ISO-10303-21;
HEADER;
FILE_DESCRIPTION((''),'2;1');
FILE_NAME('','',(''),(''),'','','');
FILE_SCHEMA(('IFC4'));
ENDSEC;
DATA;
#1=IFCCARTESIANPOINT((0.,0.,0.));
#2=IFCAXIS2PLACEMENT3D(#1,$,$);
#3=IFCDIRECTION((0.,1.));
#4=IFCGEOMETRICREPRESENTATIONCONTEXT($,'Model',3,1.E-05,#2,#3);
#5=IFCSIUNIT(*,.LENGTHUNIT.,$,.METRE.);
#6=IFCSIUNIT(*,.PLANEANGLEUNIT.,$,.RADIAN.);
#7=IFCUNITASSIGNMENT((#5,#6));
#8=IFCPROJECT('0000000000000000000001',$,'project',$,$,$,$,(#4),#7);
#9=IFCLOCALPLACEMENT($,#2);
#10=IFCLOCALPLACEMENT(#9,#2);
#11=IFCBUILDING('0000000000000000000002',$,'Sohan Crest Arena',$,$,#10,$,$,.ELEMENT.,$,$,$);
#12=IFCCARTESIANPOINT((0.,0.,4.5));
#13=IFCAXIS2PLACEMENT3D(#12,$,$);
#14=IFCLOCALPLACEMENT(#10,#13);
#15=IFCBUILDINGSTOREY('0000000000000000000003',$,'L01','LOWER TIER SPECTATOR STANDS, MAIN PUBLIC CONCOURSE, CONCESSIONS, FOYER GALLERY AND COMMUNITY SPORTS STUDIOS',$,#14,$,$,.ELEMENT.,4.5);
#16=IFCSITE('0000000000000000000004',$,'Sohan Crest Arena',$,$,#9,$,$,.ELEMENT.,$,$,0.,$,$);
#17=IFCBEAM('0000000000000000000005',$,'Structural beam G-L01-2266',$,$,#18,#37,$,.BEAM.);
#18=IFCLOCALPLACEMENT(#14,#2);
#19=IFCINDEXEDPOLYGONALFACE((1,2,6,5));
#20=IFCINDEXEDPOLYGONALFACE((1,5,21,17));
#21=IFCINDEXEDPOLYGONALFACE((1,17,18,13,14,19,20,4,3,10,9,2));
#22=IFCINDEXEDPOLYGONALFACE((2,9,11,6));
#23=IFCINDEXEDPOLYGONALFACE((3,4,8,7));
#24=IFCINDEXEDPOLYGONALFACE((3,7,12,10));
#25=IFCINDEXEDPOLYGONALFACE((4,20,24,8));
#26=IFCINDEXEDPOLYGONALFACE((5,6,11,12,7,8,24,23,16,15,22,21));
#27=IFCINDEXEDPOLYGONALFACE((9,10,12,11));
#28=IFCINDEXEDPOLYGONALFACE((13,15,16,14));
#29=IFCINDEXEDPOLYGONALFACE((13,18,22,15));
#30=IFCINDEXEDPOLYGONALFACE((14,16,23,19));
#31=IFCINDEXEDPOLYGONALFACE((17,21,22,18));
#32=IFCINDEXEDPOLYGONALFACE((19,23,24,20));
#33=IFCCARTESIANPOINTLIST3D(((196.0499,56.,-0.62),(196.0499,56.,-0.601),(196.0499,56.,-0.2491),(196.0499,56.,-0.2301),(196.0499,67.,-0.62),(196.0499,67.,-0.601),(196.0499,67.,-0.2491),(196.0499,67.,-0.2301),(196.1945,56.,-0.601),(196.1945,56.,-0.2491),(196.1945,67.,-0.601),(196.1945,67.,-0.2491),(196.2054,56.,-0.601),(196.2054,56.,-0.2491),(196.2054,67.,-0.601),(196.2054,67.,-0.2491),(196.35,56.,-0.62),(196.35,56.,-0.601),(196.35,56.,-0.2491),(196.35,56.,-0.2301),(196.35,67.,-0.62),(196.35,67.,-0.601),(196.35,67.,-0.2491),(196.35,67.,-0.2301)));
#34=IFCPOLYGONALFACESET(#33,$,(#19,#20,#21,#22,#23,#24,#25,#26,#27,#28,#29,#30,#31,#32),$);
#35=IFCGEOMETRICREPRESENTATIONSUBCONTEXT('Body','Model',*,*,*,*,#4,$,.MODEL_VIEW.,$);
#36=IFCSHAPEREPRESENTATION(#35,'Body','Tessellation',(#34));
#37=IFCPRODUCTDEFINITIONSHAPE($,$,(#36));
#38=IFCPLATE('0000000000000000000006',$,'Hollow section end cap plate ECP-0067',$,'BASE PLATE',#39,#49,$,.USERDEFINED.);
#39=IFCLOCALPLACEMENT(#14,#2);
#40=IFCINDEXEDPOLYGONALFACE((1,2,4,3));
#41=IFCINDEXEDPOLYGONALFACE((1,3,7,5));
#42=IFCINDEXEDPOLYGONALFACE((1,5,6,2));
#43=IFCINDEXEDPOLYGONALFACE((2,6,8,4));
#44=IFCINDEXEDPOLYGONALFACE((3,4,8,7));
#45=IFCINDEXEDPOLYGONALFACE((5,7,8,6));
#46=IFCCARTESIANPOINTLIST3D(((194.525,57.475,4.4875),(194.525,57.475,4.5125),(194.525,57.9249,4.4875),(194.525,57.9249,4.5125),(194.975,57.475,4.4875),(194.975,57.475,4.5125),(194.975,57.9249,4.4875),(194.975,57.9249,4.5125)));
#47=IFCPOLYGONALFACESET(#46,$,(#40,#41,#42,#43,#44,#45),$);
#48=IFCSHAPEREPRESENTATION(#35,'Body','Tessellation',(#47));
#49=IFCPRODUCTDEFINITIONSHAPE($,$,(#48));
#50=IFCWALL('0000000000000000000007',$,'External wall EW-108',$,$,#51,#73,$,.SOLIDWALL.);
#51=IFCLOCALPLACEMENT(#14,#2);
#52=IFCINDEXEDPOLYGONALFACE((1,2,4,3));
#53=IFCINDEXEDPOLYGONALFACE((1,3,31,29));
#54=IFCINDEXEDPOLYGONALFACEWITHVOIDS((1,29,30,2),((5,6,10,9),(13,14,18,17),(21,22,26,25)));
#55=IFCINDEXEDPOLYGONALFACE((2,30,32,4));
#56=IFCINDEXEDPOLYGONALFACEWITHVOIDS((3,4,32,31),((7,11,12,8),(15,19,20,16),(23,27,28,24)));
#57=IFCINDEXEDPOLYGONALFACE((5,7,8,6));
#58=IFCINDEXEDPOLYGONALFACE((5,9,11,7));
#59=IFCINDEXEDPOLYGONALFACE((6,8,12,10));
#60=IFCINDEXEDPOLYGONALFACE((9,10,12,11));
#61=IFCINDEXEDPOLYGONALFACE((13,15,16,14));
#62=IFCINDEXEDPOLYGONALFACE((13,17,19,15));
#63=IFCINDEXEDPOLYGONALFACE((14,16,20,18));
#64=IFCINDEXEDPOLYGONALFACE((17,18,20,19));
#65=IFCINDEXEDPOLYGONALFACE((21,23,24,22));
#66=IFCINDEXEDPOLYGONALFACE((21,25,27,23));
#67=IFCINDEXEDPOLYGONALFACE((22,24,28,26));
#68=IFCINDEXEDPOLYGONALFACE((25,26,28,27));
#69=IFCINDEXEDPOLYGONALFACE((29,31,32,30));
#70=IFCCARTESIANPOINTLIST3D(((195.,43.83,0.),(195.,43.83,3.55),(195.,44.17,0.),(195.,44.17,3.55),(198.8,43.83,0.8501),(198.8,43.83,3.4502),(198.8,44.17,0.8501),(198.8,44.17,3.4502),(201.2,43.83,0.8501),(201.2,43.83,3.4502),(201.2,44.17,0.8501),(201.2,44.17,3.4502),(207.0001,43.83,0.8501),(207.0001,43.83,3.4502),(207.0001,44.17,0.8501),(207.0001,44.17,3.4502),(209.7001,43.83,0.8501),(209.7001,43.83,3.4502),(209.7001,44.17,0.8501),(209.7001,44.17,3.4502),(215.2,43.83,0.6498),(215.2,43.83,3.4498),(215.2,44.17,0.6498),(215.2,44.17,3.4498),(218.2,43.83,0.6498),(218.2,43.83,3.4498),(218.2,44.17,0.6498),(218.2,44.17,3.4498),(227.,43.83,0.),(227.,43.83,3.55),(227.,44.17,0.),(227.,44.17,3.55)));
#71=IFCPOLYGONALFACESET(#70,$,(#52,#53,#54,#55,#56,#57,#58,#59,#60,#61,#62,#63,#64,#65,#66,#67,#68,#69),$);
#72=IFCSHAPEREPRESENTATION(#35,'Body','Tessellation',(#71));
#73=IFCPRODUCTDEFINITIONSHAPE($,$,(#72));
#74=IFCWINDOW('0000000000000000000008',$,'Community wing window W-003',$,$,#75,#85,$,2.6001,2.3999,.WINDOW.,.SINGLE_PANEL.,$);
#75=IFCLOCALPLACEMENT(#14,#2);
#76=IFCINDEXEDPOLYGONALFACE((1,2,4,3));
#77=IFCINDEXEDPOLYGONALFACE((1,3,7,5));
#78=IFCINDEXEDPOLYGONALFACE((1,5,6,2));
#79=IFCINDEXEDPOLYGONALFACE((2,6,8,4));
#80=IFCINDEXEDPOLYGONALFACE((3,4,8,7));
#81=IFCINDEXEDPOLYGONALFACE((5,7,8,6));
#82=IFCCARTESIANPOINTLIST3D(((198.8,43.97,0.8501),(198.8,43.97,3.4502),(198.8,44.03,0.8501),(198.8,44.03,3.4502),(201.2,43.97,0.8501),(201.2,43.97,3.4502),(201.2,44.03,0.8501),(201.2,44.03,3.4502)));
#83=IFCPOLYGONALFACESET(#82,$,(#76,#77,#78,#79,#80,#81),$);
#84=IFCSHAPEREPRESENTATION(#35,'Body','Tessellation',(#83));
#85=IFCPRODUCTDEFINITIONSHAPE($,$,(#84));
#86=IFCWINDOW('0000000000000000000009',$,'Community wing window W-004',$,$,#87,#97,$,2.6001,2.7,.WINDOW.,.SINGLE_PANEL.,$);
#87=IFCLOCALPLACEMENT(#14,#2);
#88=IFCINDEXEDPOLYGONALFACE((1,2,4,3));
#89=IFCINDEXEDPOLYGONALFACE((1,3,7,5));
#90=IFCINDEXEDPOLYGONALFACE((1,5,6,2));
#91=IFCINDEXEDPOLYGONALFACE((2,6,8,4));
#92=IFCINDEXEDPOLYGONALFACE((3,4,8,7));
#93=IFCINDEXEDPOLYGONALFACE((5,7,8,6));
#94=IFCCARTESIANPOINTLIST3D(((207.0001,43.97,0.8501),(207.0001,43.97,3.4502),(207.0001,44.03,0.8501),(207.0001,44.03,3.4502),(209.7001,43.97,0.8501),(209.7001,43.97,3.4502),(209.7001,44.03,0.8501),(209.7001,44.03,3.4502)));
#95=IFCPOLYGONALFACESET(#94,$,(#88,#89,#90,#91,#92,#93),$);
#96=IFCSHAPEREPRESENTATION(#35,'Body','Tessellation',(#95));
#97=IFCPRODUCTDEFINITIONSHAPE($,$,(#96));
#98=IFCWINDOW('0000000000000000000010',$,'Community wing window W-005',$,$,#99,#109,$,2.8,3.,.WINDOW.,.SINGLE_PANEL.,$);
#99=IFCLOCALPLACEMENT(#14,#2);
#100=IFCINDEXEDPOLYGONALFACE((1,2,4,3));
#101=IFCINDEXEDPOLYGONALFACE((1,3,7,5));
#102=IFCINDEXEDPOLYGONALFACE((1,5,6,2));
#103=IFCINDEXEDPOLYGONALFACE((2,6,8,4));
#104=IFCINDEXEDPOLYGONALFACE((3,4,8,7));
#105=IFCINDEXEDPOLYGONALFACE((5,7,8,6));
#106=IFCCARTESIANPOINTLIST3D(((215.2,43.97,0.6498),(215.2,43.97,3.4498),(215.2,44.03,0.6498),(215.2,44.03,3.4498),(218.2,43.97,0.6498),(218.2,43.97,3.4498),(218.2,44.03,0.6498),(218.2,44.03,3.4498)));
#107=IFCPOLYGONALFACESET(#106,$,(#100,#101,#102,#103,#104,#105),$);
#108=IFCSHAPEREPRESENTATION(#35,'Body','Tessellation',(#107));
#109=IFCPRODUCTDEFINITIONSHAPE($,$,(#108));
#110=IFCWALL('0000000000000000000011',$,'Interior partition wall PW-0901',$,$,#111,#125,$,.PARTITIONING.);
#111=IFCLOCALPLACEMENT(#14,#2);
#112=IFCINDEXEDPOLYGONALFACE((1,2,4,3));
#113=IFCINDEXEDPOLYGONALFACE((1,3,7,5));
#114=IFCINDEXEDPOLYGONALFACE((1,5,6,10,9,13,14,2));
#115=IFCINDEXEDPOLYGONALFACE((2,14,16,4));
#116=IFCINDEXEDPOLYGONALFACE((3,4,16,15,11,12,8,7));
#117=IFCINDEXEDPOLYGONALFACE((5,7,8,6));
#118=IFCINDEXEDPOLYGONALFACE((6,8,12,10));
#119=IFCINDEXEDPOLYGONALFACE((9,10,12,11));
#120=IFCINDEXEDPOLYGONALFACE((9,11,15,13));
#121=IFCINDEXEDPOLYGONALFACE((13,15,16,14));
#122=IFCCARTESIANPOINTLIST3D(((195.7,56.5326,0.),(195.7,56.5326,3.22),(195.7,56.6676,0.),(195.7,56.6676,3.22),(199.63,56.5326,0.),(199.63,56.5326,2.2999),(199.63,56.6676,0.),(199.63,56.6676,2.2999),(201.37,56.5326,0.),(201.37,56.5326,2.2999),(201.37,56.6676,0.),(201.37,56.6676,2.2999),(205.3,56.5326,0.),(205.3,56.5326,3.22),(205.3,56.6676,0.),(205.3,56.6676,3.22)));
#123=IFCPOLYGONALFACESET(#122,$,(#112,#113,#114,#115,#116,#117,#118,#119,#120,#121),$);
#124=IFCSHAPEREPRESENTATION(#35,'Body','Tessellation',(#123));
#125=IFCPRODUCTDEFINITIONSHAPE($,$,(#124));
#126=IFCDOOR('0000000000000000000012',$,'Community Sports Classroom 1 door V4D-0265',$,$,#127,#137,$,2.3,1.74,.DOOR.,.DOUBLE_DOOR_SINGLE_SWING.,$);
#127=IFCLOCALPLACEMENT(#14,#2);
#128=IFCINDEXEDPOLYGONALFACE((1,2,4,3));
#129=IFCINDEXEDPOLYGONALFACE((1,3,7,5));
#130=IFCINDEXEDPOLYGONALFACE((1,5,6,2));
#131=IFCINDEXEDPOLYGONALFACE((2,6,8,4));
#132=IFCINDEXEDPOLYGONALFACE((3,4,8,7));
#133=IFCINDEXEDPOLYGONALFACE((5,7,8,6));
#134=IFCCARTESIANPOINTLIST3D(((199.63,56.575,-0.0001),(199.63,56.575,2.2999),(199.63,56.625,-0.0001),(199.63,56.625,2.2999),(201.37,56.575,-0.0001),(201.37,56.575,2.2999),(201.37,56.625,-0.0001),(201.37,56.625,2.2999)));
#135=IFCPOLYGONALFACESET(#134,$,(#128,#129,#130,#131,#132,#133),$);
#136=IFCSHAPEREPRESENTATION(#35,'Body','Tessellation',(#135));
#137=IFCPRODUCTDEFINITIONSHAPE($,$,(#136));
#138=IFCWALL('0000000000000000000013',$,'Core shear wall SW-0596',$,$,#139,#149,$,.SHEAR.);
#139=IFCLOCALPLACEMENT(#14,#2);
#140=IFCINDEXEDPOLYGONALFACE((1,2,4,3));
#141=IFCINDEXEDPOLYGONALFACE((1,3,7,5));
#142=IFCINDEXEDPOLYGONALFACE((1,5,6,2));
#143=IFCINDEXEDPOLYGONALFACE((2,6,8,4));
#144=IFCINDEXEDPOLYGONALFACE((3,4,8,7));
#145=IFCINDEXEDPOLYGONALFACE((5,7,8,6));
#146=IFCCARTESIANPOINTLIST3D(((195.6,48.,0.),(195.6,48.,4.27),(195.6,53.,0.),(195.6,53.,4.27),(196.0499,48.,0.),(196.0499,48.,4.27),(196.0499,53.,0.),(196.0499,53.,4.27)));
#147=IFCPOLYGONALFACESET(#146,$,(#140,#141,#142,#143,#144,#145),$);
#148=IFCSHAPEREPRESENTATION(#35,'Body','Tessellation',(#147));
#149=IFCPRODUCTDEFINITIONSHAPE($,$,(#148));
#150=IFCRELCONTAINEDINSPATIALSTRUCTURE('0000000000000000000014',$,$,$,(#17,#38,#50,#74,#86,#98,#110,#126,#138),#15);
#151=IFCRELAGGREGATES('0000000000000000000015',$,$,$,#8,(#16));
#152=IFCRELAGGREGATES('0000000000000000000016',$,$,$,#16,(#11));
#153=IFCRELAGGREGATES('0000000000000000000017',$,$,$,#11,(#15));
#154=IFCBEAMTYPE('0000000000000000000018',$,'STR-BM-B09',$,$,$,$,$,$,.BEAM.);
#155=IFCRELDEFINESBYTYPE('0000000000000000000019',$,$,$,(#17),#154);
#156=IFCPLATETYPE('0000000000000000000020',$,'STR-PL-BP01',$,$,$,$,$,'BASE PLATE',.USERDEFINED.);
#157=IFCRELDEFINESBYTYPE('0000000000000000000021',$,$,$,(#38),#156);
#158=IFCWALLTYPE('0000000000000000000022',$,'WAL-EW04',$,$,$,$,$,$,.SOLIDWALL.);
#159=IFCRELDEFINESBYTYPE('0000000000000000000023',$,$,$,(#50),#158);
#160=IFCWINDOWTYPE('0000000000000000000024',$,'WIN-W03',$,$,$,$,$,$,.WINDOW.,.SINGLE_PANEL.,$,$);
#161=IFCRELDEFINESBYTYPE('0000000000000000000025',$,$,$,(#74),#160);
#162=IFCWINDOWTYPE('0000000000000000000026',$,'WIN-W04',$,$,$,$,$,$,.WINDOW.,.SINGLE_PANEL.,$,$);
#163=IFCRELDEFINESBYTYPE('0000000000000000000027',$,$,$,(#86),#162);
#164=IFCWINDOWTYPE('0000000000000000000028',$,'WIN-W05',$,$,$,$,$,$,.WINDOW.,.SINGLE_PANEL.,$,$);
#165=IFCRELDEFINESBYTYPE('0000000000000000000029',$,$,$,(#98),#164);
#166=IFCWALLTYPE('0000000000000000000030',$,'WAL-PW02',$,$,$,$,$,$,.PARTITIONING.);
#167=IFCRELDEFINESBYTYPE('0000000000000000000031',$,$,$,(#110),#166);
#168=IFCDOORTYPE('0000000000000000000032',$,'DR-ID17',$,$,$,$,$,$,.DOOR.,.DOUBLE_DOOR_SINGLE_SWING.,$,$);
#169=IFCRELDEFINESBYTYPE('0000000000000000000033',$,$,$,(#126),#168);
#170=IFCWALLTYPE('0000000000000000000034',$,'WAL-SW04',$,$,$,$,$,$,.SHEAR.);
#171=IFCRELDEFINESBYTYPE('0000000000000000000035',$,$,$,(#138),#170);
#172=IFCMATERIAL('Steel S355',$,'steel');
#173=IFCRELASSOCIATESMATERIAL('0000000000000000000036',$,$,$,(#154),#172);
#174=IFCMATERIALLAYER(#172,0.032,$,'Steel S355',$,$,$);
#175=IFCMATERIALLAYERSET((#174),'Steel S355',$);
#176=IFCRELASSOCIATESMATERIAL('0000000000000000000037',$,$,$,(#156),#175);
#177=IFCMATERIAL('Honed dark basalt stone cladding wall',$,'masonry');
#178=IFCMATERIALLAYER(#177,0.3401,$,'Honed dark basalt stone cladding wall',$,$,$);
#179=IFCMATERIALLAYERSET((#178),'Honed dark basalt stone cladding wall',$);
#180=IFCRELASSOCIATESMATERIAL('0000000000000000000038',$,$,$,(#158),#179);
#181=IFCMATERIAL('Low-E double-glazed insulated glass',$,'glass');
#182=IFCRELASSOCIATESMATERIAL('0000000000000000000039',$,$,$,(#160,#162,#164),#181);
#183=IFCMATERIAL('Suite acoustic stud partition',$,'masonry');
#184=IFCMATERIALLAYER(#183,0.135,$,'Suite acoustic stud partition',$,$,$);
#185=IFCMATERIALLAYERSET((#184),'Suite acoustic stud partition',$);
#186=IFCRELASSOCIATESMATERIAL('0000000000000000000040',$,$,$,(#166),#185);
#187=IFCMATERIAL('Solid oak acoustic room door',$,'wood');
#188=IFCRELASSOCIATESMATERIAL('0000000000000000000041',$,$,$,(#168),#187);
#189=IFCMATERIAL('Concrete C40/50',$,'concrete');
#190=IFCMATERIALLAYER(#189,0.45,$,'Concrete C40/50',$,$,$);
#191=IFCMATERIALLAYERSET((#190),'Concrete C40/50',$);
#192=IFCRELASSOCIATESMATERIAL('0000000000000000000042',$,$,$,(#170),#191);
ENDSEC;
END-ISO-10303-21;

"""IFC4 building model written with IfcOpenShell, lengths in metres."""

from ifc_helpers import new_model, si_unit, direction, frame, frame_2d, origin, origin_2d, place, context, subcontext, project, spatial, rectangle, i_section, extrude, material, layer, layer_set, material_profile, profile_set, type_object, element, fill, save


model = new_model("IFC4")

# Units and contexts
model_context = context("Model", 3, precision=1e-05, world=origin(), true_north=direction((0.0, 1.0)))
body_context = subcontext(model_context, "Body", "Model", "MODEL_VIEW")
ifc_project = project(units=[si_unit("LENGTHUNIT", "METRE"), si_unit("PLANEANGLEUNIT", "RADIAN")], contexts=[model_context])

# Site, building, storey
site_placement = place(None, origin())
site = spatial("IfcSite", under=ifc_project, at=site_placement, Name="Sohan Crest Arena", CompositionType="ELEMENT", RefElevation=0.0)
building_placement = place(site_placement, origin())
building = spatial("IfcBuilding", under=site, at=building_placement, Name="Sohan Crest Arena", CompositionType="ELEMENT")
storey_placement = place(building_placement, frame((0.0, 0.0, 4.5)))
storey = spatial("IfcBuildingStorey", under=building, at=storey_placement, Name="L01", Description="LOWER TIER SPECTATOR STANDS, MAIN PUBLIC CONCOURSE, CONCESSIONS, FOYER GALLERY AND COMMUNITY SPORTS STUDIOS", CompositionType="ELEMENT", Elevation=4.5)

# Shared definitions
ifc_material_1 = material(Name="Concrete C40/50", Category="concrete")

# Beam
ifc_material_2 = material(Name="Steel S355", Category="steel")
ifc_material_profile_1 = material_profile(ifc_material_2, i_section(OverallWidth=0.3, OverallDepth=0.3899, WebThickness=0.011, FlangeThickness=0.019, at=origin_2d()), Name="HEA 400")
ifc_profile_set_1 = profile_set([ifc_material_profile_1], Name="Steel S355")
beam_type_1 = type_object("IfcBeamType", Name="STR-BM-B09", PredefinedType="BEAM", material=ifc_profile_set_1)
beam_1_placement = place(storey_placement, frame((196.2, 56.0, -0.425), z_axis=(0.0, 1.0, 0.0), x_axis=(-1.0, 0.0, 0.0)))
element("IfcBeam", 1, at=beam_1_placement, inside=storey, type_object=beam_type_1, Name="Structural beam G-L01-2266", PredefinedType="BEAM", context=body_context, shape_type="SweptSolid", body=[
    extrude(i_section(OverallWidth=0.3, OverallDepth=0.3899, WebThickness=0.011, FlangeThickness=0.019, at=origin_2d()), origin(), (0.0, 0.0, 1.0), 11.0),
])

# Plate
ifc_layer_1 = layer(ifc_material_2, 0.032, Name="Steel S355")
ifc_layer_set_1 = layer_set([ifc_layer_1], Name="Steel S355")
plate_type = type_object("IfcPlateType", Name="STR-PL-BP01", ElementType="BASE PLATE", PredefinedType="USERDEFINED", material=ifc_layer_set_1)
plate_placement = place(storey_placement, frame((194.75, 57.7, 4.4875), z_axis=(0.0, 0.0, 1.0), x_axis=(1.0, 0.0, 0.0)))
element("IfcPlate", 2, at=plate_placement, inside=storey, type_object=plate_type, Name="Hollow section end cap plate ECP-0067", ObjectType="BASE PLATE", PredefinedType="USERDEFINED", context=body_context, shape_type="SweptSolid", body=[
    extrude(rectangle(XDim=0.45, YDim=0.45, at=origin_2d()), origin(), (0.0, 0.0, 1.0), 0.0249),
])

# Wall, openings, windows
ifc_material_3 = material(Name="Honed dark basalt stone cladding wall", Category="masonry")
ifc_layer_2 = layer(ifc_material_3, 0.3401, Name="Honed dark basalt stone cladding wall")
ifc_layer_set_2 = layer_set([ifc_layer_2], Name="Honed dark basalt stone cladding wall")
wall_type_1 = type_object("IfcWallType", Name="WAL-EW04", PredefinedType="SOLIDWALL", material=ifc_layer_set_2)
wall_1_placement = place(storey_placement, frame((195.0, 44.0, 0.0), z_axis=(0.0, 0.0, 1.0), x_axis=(1.0, 0.0, 0.0)))
wall_1 = element("IfcWall", 3, at=wall_1_placement, inside=storey, type_object=wall_type_1, Name="External wall EW-108", PredefinedType="SOLIDWALL", context=body_context, shape_type="SweptSolid", body=[
    extrude(rectangle(XDim=32.0, YDim=0.3401, at=frame_2d((16.0, 0.0))), origin(), (0.0, 0.0, 1.0), 3.55),
])
opening_1_placement = place(wall_1_placement, frame((3.8, 0.0, 0.8501)))
opening_1 = element("IfcOpeningElement", 4, at=opening_1_placement, cuts=wall_1, PredefinedType="OPENING", context=body_context, shape_type="SweptSolid", body=[
    extrude(rectangle(XDim=2.3999, YDim=2.6001, at=frame_2d((1.2, 1.3))), frame((0.0, 0.1799, 0.0), z_axis=(0.0, -1.0, 0.0), x_axis=(1.0, 0.0, 0.0)), (0.0, 0.0, 1.0), 0.3601),
])
opening_2_placement = place(wall_1_placement, frame((12.0, 0.0, 0.8501)))
opening_2 = element("IfcOpeningElement", 5, at=opening_2_placement, cuts=wall_1, PredefinedType="OPENING", context=body_context, shape_type="SweptSolid", body=[
    extrude(rectangle(XDim=2.7, YDim=2.6001, at=frame_2d((1.3501, 1.3))), frame((0.0, 0.1799, 0.0), z_axis=(0.0, -1.0, 0.0), x_axis=(1.0, 0.0, 0.0)), (0.0, 0.0, 1.0), 0.3601),
])
opening_3_placement = place(wall_1_placement, frame((20.2, 0.0, 0.6499)))
opening_3 = element("IfcOpeningElement", 6, at=opening_3_placement, cuts=wall_1, PredefinedType="OPENING", context=body_context, shape_type="SweptSolid", body=[
    extrude(rectangle(XDim=3.0, YDim=2.8, at=frame_2d((1.5, 1.3999))), frame((0.0, 0.1799, 0.0), z_axis=(0.0, -1.0, 0.0), x_axis=(1.0, 0.0, 0.0)), (0.0, 0.0, 1.0), 0.3601),
])
ifc_material_4 = material(Name="Low-E double-glazed insulated glass", Category="glass")
window_type_1 = type_object("IfcWindowType", Name="WIN-W03", PartitioningType="SINGLE_PANEL", PredefinedType="WINDOW", material=ifc_material_4)
window_1_placement = place(opening_1_placement, origin())
window_1 = element("IfcWindow", 7, at=window_1_placement, inside=storey, type_object=window_type_1, Name="Community wing window W-003", OverallHeight=2.6001, OverallWidth=2.3999, PartitioningType="SINGLE_PANEL", PredefinedType="WINDOW", context=body_context, shape_type="SweptSolid", body=[
    extrude(rectangle(XDim=2.3999, YDim=2.6001, at=frame_2d((1.2, 1.3))), frame((0.0, 0.03, 0.0), z_axis=(0.0, -1.0, 0.0), x_axis=(1.0, 0.0, 0.0)), (0.0, 0.0, 1.0), 0.0601),
])
fill(opening_1, window_1)
window_type_2 = type_object("IfcWindowType", Name="WIN-W04", PartitioningType="SINGLE_PANEL", PredefinedType="WINDOW", material=ifc_material_4)
window_2_placement = place(opening_2_placement, origin())
window_2 = element("IfcWindow", 8, at=window_2_placement, inside=storey, type_object=window_type_2, Name="Community wing window W-004", OverallHeight=2.6001, OverallWidth=2.7, PartitioningType="SINGLE_PANEL", PredefinedType="WINDOW", context=body_context, shape_type="SweptSolid", body=[
    extrude(rectangle(XDim=2.7, YDim=2.6001, at=frame_2d((1.3501, 1.3))), frame((0.0, 0.03, 0.0), z_axis=(0.0, -1.0, 0.0), x_axis=(1.0, 0.0, 0.0)), (0.0, 0.0, 1.0), 0.0601),
])
fill(opening_2, window_2)
window_type_3 = type_object("IfcWindowType", Name="WIN-W05", PartitioningType="SINGLE_PANEL", PredefinedType="WINDOW", material=ifc_material_4)
window_3_placement = place(opening_3_placement, origin())
window_3 = element("IfcWindow", 9, at=window_3_placement, inside=storey, type_object=window_type_3, Name="Community wing window W-005", OverallHeight=2.8, OverallWidth=3.0, PartitioningType="SINGLE_PANEL", PredefinedType="WINDOW", context=body_context, shape_type="SweptSolid", body=[
    extrude(rectangle(XDim=3.0, YDim=2.8, at=frame_2d((1.5, 1.3999))), frame((0.0, 0.03, 0.0), z_axis=(0.0, -1.0, 0.0), x_axis=(1.0, 0.0, 0.0)), (0.0, 0.0, 1.0), 0.0601),
])
fill(opening_3, window_3)

# Wall, opening, door
ifc_material_5 = material(Name="Suite acoustic stud partition", Category="masonry")
ifc_layer_3 = layer(ifc_material_5, 0.135, Name="Suite acoustic stud partition")
ifc_layer_set_3 = layer_set([ifc_layer_3], Name="Suite acoustic stud partition")
wall_type_2 = type_object("IfcWallType", Name="WAL-PW02", PredefinedType="PARTITIONING", material=ifc_layer_set_3)
wall_2_placement = place(storey_placement, frame((195.7, 56.6001, 0.0), z_axis=(0.0, 0.0, 1.0), x_axis=(1.0, 0.0, 0.0)))
wall_2 = element("IfcWall", 10, at=wall_2_placement, inside=storey, type_object=wall_type_2, Name="Interior partition wall PW-0901", PredefinedType="PARTITIONING", context=body_context, shape_type="SweptSolid", body=[
    extrude(rectangle(XDim=9.6001, YDim=0.135, at=frame_2d((4.8, 0.0))), origin(), (0.0, 0.0, 1.0), 3.22),
])
opening_4_placement = place(wall_2_placement, frame((3.9299, 0.0, 0.0)))
opening_4 = element("IfcOpeningElement", 11, at=opening_4_placement, cuts=wall_2, PredefinedType="OPENING", context=body_context, shape_type="SweptSolid", body=[
    extrude(rectangle(XDim=1.74, YDim=2.3, at=frame_2d((0.8701, 1.1499))), frame((0.0, 0.0774, 0.0), z_axis=(0.0, -1.0, 0.0), x_axis=(1.0, 0.0, 0.0)), (0.0, 0.0, 1.0), 0.155),
])
ifc_material_6 = material(Name="Solid oak acoustic room door", Category="wood")
door_type_1 = type_object("IfcDoorType", Name="DR-ID17", OperationType="DOUBLE_DOOR_SINGLE_SWING", PredefinedType="DOOR", material=ifc_material_6)
door_1_placement = place(opening_4_placement, origin())
door_1 = element("IfcDoor", 12, at=door_1_placement, inside=storey, type_object=door_type_1, Name="Community Sports Classroom 1 door V4D-0265", OperationType="DOUBLE_DOOR_SINGLE_SWING", OverallHeight=2.3, OverallWidth=1.74, PredefinedType="DOOR", context=body_context, shape_type="SweptSolid", body=[
    extrude(rectangle(XDim=1.74, YDim=2.3, at=frame_2d((0.8701, 1.1499))), frame((0.0, 0.0249, 0.0), z_axis=(0.0, -1.0, 0.0), x_axis=(1.0, 0.0, 0.0)), (0.0, 0.0, 1.0), 0.05),
])
fill(opening_4, door_1)

# Wall
ifc_layer_4 = layer(ifc_material_1, 0.45, Name="Concrete C40/50")
ifc_layer_set_4 = layer_set([ifc_layer_4], Name="Concrete C40/50")
wall_type_3 = type_object("IfcWallType", Name="WAL-SW04", PredefinedType="SHEAR", material=ifc_layer_set_4)
wall_3_placement = place(storey_placement, frame((195.825, 48.0, 0.0), z_axis=(0.0, 0.0, 1.0), x_axis=(0.0, 1.0, 0.0)))
element("IfcWall", 13, at=wall_3_placement, inside=storey, type_object=wall_type_3, Name="Core shear wall SW-0596", PredefinedType="SHEAR", context=body_context, shape_type="SweptSolid", body=[
    extrude(rectangle(XDim=5.0, YDim=0.45, at=frame_2d((2.5, 0.0))), origin(), (0.0, 0.0, 1.0), 4.27),
])

save(model, "model.ifc")
